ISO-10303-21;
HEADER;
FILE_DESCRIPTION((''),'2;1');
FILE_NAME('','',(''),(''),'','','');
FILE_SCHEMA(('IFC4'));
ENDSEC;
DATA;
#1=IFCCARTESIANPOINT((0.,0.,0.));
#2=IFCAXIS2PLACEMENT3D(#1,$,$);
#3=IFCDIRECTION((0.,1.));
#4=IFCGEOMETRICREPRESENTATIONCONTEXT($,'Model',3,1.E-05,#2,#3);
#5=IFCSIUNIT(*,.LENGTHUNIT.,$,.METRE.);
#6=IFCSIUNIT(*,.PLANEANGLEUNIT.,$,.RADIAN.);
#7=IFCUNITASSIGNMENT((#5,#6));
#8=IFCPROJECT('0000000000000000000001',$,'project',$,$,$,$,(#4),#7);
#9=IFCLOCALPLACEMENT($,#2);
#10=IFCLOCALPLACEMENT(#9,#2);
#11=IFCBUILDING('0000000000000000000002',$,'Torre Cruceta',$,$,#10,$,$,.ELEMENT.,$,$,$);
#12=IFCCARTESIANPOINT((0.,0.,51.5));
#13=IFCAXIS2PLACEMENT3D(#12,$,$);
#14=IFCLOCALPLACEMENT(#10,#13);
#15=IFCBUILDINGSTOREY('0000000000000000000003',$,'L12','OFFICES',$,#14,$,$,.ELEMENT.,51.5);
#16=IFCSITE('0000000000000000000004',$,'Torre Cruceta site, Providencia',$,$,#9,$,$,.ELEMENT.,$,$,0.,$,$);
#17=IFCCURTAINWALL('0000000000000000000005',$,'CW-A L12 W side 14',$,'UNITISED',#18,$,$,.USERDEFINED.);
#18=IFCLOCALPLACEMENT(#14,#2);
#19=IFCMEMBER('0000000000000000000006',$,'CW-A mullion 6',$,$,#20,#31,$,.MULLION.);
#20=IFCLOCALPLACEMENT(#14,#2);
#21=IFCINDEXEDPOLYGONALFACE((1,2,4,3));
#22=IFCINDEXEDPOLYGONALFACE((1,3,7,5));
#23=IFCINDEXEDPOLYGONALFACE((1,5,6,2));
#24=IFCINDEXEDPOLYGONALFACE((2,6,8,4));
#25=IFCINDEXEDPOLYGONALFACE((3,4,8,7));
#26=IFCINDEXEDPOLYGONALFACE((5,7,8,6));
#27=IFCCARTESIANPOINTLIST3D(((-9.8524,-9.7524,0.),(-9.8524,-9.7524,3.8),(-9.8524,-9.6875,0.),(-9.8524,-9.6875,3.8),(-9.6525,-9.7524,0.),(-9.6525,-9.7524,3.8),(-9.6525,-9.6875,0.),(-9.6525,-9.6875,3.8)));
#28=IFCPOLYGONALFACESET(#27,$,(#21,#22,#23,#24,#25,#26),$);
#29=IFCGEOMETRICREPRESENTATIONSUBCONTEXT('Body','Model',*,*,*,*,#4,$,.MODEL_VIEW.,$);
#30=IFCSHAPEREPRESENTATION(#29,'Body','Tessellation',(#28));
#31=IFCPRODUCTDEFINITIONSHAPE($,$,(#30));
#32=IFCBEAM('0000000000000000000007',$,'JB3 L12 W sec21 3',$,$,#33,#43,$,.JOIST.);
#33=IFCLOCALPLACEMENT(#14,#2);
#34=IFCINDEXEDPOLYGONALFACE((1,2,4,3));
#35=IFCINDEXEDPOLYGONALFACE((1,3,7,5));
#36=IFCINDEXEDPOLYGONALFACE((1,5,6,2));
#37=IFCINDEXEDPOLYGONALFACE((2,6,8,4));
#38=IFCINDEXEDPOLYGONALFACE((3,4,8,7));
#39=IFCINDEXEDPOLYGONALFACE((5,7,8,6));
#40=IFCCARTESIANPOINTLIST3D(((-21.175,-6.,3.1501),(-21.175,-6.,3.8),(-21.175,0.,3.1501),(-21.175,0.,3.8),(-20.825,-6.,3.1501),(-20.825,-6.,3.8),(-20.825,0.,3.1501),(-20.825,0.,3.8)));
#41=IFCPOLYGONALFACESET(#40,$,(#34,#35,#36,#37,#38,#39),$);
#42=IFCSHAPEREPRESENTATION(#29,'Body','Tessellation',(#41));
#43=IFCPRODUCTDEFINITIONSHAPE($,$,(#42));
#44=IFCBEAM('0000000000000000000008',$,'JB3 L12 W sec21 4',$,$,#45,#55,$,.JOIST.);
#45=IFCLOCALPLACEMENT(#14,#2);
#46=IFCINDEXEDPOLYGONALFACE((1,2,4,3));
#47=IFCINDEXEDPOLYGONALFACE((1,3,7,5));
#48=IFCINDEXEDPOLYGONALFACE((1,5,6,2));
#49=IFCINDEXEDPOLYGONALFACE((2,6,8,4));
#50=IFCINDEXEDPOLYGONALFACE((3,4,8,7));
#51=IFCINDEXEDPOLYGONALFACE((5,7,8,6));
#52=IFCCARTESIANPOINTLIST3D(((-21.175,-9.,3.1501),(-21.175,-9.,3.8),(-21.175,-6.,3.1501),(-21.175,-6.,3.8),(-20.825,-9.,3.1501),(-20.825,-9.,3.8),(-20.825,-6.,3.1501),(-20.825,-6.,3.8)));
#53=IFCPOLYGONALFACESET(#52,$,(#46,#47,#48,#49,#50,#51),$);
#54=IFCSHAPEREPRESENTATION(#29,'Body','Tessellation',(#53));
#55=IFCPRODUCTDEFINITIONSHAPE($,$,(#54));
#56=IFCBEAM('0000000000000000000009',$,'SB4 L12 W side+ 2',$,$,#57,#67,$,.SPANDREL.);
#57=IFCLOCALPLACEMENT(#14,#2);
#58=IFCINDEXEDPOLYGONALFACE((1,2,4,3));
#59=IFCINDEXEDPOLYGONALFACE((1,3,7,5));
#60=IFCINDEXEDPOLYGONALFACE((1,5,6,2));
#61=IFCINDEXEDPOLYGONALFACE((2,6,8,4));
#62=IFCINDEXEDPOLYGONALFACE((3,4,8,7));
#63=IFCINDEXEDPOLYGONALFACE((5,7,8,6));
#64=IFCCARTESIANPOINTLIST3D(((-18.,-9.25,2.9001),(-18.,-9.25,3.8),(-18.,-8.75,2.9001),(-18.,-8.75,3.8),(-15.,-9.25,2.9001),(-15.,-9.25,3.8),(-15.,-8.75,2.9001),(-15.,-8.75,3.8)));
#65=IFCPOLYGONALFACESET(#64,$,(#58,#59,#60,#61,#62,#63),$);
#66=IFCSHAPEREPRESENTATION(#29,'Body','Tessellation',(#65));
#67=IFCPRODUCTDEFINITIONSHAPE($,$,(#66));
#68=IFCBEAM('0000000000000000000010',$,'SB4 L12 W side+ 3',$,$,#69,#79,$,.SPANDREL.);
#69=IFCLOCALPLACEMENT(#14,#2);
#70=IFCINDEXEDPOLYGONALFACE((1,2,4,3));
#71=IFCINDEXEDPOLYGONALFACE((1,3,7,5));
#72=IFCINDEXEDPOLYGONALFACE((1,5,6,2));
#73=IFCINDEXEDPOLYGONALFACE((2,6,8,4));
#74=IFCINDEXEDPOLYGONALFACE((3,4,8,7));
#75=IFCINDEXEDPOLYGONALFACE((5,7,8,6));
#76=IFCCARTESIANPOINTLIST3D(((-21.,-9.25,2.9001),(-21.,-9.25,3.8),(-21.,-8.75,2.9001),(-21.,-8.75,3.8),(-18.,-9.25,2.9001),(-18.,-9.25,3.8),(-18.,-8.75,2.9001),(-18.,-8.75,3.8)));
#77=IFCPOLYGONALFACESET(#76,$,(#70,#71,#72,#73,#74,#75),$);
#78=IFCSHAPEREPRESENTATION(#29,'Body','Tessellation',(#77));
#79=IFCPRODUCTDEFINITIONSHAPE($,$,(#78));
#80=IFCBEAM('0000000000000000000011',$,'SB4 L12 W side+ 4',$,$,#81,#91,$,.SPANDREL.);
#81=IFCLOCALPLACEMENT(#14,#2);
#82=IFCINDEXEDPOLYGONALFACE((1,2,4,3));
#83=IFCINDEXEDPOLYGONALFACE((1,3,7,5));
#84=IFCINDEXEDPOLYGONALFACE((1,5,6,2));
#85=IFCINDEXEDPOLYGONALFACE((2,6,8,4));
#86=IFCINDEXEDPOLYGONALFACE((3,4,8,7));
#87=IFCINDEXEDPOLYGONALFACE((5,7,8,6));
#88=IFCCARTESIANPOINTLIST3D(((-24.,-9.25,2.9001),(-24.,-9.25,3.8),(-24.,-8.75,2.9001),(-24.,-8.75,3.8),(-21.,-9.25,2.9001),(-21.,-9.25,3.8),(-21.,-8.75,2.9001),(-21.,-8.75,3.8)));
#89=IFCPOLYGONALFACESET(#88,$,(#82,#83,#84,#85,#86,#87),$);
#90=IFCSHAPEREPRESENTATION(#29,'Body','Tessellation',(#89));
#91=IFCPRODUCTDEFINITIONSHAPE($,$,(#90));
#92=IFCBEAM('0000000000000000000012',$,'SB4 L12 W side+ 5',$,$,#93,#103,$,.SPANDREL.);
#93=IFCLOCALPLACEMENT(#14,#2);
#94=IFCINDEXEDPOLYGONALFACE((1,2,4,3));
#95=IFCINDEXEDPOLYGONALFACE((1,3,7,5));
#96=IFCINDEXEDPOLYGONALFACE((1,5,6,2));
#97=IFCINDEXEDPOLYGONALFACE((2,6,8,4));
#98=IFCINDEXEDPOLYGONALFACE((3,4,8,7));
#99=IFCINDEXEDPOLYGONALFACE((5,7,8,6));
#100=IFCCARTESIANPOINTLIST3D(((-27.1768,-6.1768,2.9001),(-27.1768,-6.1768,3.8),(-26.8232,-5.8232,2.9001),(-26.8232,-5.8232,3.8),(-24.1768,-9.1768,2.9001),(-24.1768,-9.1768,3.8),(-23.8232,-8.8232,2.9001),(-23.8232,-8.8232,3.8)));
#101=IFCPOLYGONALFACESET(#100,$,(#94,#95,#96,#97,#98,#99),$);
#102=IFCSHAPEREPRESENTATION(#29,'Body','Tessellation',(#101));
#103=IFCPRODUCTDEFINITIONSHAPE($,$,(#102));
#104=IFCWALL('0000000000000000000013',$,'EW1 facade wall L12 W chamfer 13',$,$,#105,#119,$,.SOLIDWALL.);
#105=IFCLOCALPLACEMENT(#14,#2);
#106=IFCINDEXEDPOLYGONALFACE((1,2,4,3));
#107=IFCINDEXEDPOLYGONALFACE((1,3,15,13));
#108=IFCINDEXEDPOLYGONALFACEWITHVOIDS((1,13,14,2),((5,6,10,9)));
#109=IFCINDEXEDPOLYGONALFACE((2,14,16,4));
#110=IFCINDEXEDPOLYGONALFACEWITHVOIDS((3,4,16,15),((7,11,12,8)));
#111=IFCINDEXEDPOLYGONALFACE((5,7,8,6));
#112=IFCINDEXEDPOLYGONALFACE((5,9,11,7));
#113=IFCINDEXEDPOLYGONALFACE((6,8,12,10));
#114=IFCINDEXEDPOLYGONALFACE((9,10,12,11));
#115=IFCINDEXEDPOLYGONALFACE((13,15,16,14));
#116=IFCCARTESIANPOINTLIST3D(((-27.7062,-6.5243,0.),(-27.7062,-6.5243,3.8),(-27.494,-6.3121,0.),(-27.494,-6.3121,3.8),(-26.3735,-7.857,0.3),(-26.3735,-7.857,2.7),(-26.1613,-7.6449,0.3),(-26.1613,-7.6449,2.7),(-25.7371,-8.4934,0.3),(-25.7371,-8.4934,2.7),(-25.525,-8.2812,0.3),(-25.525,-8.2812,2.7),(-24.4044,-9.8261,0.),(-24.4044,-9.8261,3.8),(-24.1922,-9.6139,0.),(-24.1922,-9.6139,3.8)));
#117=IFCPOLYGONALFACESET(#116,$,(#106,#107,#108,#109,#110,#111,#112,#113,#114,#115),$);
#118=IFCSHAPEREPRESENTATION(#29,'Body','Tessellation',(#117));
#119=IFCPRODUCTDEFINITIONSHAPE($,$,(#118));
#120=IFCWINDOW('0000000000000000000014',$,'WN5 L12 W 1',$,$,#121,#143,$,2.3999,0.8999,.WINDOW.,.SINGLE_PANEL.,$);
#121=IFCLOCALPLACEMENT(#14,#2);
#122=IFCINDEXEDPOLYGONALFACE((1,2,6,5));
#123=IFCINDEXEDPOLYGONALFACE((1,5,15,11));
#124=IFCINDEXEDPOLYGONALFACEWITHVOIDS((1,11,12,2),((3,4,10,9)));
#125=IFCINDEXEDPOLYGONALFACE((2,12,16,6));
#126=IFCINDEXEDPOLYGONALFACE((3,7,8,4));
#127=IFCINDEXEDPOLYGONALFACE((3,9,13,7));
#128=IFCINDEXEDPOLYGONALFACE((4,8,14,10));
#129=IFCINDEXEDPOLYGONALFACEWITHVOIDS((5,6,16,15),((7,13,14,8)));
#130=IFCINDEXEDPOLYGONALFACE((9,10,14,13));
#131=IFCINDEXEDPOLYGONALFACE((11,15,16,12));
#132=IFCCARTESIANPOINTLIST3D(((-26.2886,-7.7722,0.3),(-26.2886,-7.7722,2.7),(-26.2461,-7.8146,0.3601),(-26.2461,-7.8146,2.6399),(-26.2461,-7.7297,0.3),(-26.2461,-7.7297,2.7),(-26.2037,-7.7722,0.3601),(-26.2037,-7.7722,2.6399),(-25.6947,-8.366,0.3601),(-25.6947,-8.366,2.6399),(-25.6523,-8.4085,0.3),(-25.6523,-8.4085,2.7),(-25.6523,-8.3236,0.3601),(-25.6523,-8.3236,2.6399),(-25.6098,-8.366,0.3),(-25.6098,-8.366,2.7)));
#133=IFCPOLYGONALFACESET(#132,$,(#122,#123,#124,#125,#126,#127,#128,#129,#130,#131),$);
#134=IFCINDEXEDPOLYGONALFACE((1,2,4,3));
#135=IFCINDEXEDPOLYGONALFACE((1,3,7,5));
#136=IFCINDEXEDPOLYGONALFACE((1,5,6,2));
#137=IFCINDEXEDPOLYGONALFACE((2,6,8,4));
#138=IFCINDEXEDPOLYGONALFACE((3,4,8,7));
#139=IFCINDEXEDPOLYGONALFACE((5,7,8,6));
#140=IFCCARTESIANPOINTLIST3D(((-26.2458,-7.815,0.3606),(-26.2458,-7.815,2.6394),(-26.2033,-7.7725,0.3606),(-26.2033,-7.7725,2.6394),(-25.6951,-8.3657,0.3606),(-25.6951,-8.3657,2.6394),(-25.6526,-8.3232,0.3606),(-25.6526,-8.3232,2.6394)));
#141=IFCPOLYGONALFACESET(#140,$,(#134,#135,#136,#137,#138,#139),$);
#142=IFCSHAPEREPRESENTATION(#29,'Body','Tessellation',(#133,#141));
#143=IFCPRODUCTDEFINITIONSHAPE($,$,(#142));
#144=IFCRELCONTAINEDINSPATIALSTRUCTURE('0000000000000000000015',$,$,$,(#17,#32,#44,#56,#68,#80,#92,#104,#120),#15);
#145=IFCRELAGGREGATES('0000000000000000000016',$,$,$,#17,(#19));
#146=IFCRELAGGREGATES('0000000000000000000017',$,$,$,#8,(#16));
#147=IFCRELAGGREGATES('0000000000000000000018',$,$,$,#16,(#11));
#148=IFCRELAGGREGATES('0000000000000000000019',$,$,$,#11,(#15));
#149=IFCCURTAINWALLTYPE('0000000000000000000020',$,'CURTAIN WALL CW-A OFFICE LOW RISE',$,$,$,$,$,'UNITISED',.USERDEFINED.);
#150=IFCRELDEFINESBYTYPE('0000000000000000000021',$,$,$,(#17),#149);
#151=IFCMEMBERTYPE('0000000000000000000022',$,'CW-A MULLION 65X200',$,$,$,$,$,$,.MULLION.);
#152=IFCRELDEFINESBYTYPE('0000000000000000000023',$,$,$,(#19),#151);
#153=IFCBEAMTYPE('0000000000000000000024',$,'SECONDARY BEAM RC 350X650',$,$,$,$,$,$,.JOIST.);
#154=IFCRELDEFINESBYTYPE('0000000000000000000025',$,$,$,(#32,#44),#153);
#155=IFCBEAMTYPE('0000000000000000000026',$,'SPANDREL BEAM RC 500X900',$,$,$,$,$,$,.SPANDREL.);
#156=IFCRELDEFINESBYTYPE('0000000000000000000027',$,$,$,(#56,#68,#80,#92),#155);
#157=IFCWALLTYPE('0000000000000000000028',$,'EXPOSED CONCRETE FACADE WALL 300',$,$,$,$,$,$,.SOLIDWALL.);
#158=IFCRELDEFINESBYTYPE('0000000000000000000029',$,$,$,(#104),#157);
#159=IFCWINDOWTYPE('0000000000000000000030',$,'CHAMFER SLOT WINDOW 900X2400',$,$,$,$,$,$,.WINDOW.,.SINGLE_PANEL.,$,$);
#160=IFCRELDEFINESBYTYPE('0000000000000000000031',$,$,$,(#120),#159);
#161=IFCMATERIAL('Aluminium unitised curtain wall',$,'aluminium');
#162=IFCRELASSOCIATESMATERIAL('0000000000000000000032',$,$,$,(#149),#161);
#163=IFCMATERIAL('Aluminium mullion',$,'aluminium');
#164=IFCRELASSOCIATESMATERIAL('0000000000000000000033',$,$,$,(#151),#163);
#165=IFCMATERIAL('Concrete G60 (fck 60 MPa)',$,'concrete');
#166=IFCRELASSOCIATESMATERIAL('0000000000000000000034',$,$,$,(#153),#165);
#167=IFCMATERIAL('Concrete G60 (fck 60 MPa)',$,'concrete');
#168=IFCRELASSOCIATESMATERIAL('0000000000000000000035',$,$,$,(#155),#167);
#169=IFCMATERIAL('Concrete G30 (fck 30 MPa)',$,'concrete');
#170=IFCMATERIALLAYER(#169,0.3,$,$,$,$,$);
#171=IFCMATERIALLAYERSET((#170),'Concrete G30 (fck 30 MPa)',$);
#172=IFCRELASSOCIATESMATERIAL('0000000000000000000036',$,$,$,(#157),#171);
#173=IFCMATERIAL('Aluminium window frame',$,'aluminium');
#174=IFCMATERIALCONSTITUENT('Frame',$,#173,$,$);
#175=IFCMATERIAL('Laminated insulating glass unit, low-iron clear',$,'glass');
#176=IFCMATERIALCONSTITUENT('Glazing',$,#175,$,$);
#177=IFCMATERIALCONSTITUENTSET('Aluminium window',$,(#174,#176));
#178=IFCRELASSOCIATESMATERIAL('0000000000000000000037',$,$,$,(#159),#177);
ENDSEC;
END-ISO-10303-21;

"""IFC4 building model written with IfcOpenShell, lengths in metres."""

from ifc_helpers import new_model, si_unit, direction, frame, frame_2d, origin, origin_2d, place, context, subcontext, project, spatial, rectangle, hollow_rectangle, extrude, material, layer, layer_set, constituent, constituent_set, material_profile, profile_set, type_object, element, fill, aggregate, save


model = new_model("IFC4")

# Units and contexts
model_context = context("Model", 3, precision=1e-05, world=origin(), true_north=direction((0.0, 1.0)))
body_context = subcontext(model_context, "Body", "Model", "MODEL_VIEW")
ifc_project = project(units=[si_unit("LENGTHUNIT", "METRE"), si_unit("PLANEANGLEUNIT", "RADIAN")], contexts=[model_context])

# Site, building, storey
site_placement = place(None, origin())
site = spatial("IfcSite", under=ifc_project, at=site_placement, Name="Torre Cruceta site, Providencia", CompositionType="ELEMENT", RefElevation=0.0)
building_placement = place(site_placement, origin())
building = spatial("IfcBuilding", under=site, at=building_placement, Name="Torre Cruceta", CompositionType="ELEMENT")
storey_placement = place(building_placement, frame((0.0, 0.0, 51.5)))
storey = spatial("IfcBuildingStorey", under=building, at=storey_placement, Name="L12", Description="OFFICES", CompositionType="ELEMENT", Elevation=51.5)

# Curtain wall, member
ifc_material_1 = material(Name="Aluminium unitised curtain wall", Category="aluminium")
curtain_wall_type = type_object("IfcCurtainWallType", Name="CURTAIN WALL CW-A OFFICE LOW RISE", ElementType="UNITISED", PredefinedType="USERDEFINED", material=ifc_material_1)
curtain_wall_placement = place(storey_placement, origin())
curtain_wall = element("IfcCurtainWall", 1, at=curtain_wall_placement, inside=storey, type_object=curtain_wall_type, Name="CW-A L12 W side 14", ObjectType="UNITISED", PredefinedType="USERDEFINED")
ifc_material_2 = material(Name="Aluminium mullion", Category="aluminium")
ifc_material_profile_1 = material_profile(ifc_material_2, rectangle(XDim=0.0649, YDim=0.2, at=origin_2d()), Name="AL 65X200")
ifc_profile_set_1 = profile_set([ifc_material_profile_1], Name="Aluminium mullion")
member_type = type_object("IfcMemberType", Name="CW-A MULLION 65X200", PredefinedType="MULLION", material=ifc_profile_set_1)
member_placement = place(storey_placement, frame((-9.7524, -9.72, 0.0), z_axis=(0.0, 0.0, 1.0), x_axis=(0.0, 1.0, 0.0)))
member = element("IfcMember", 2, at=member_placement, type_object=member_type, Name="CW-A mullion 6", PredefinedType="MULLION", context=body_context, shape_type="SweptSolid", body=[
    extrude(rectangle(XDim=0.0649, YDim=0.2, at=origin_2d()), origin(), (0.0, 0.0, 1.0), 3.8),
])
aggregate(curtain_wall, [member])

# Beams
ifc_material_3 = material(Name="Concrete G60 (fck 60 MPa)", Category="concrete")
ifc_material_profile_2 = material_profile(ifc_material_3, rectangle(XDim=0.3501, YDim=0.6499, at=origin_2d()), Name="RC 350X650")
ifc_profile_set_2 = profile_set([ifc_material_profile_2], Name="Concrete G60 (fck 60 MPa)")
beam_type_1 = type_object("IfcBeamType", Name="SECONDARY BEAM RC 350X650", PredefinedType="JOIST", material=ifc_profile_set_2)
beam_1_placement = place(storey_placement, frame((-21.0, 0.0, 3.4751), z_axis=(0.0, -1.0, 0.0), x_axis=(1.0, 0.0, 0.0)))
element("IfcBeam", 3, at=beam_1_placement, inside=storey, type_object=beam_type_1, Name="JB3 L12 W sec21 3", PredefinedType="JOIST", context=body_context, shape_type="SweptSolid", body=[
    extrude(rectangle(XDim=0.3501, YDim=0.6499, at=origin_2d()), origin(), (0.0, 0.0, 1.0), 6.0),
])
beam_2_placement = place(storey_placement, frame((-21.0, -6.0, 3.4751), z_axis=(0.0, -1.0, 0.0), x_axis=(1.0, 0.0, 0.0)))
element("IfcBeam", 4, at=beam_2_placement, inside=storey, type_object=beam_type_1, Name="JB3 L12 W sec21 4", PredefinedType="JOIST", context=body_context, shape_type="SweptSolid", body=[
    extrude(rectangle(XDim=0.3501, YDim=0.6499, at=origin_2d()), origin(), (0.0, 0.0, 1.0), 3.0),
])
ifc_material_4 = material(Name="Concrete G60 (fck 60 MPa)", Category="concrete")
ifc_material_profile_3 = material_profile(ifc_material_4, rectangle(XDim=0.5, YDim=0.8999, at=origin_2d()), Name="RC 500X900")
ifc_profile_set_3 = profile_set([ifc_material_profile_3], Name="Concrete G60 (fck 60 MPa)")
beam_type_2 = type_object("IfcBeamType", Name="SPANDREL BEAM RC 500X900", PredefinedType="SPANDREL", material=ifc_profile_set_3)
for number, where, z_axis, x_axis, name in (
    (5, (-15.0, -9.0, 3.3501), (-1.0, 0.0, 0.0), (0.0, -1.0, 0.0), "SB4 L12 W side+ 2"),
    (6, (-18.0, -9.0, 3.3501), (-1.0, 0.0, 0.0), (0.0, -1.0, 0.0), "SB4 L12 W side+ 3"),
    (7, (-21.0, -9.0, 3.3501), (-1.0, 0.0, 0.0), (0.0, -1.0, 0.0), "SB4 L12 W side+ 4"),
):
    element("IfcBeam", number, at=place(storey_placement, frame(where, z_axis=z_axis, x_axis=x_axis)), inside=storey, type_object=beam_type_2, Name=name, PredefinedType="SPANDREL", context=body_context, shape_type="SweptSolid", body=[
        extrude(rectangle(XDim=0.5, YDim=0.8999, at=origin_2d()), origin(), (0.0, 0.0, 1.0), 3.0),
    ])
beam_3_placement = place(storey_placement, frame((-24.0, -9.0, 3.3501), z_axis=(-0.707107, 0.707107, 0.0), x_axis=(-0.707107, -0.707107, 0.0)))
element("IfcBeam", 8, at=beam_3_placement, inside=storey, type_object=beam_type_2, Name="SB4 L12 W side+ 5", PredefinedType="SPANDREL", context=body_context, shape_type="SweptSolid", body=[
    extrude(rectangle(XDim=0.5, YDim=0.8999, at=origin_2d()), origin(), (0.0, 0.0, 1.0), 4.2427),
])

# Wall, opening, window
ifc_material_5 = material(Name="Concrete G30 (fck 30 MPa)", Category="concrete")
ifc_layer_1 = layer(ifc_material_5, 0.3)
ifc_layer_set_1 = layer_set([ifc_layer_1], Name="Concrete G30 (fck 30 MPa)")
wall_type_1 = type_object("IfcWallType", Name="EXPOSED CONCRETE FACADE WALL 300", PredefinedType="SOLIDWALL", material=ifc_layer_set_1)
wall_1_placement = place(storey_placement, frame((-27.6001, -6.4182, 0.0), z_axis=(0.0, 0.0, 1.0), x_axis=(0.707107, -0.707107, 0.0)))
wall_1 = element("IfcWall", 9, at=wall_1_placement, inside=storey, type_object=wall_type_1, Name="EW1 facade wall L12 W chamfer 13", PredefinedType="SOLIDWALL", context=body_context, shape_type="SweptSolid", body=[
    extrude(rectangle(XDim=4.6694, YDim=0.3, at=frame_2d((2.3347, 0.0))), origin(), (0.0, 0.0, 1.0), 3.8),
])
opening_1_placement = place(wall_1_placement, frame((1.8848, 0.0, 0.3)))
opening_1 = element("IfcOpeningElement", 10, at=opening_1_placement, cuts=wall_1, PredefinedType="OPENING", context=body_context, shape_type="SweptSolid", body=[
    extrude(rectangle(XDim=0.8999, YDim=2.3999, at=frame_2d((0.45, 1.2))), frame((0.0, 0.1599, 0.0), z_axis=(0.0, -1.0, 0.0), x_axis=(1.0, 0.0, 0.0)), (0.0, 0.0, 1.0), 0.3201),
])
ifc_material_6 = material(Name="Aluminium window frame", Category="aluminium")
ifc_constituent_1 = constituent(ifc_material_6, Name="Frame")
ifc_material_7 = material(Name="Laminated insulating glass unit, low-iron clear", Category="glass")
ifc_constituent_2 = constituent(ifc_material_7, Name="Glazing")
ifc_constituent_set_1 = constituent_set(constituents=[ifc_constituent_1, ifc_constituent_2], Name="Aluminium window")
window_type = type_object("IfcWindowType", Name="CHAMFER SLOT WINDOW 900X2400", PartitioningType="SINGLE_PANEL", PredefinedType="WINDOW", material=ifc_constituent_set_1)
window_placement = place(opening_1_placement, origin())
window = element("IfcWindow", 11, at=window_placement, inside=storey, type_object=window_type, Name="WN5 L12 W 1", OverallHeight=2.3999, OverallWidth=0.8999, PartitioningType="SINGLE_PANEL", PredefinedType="WINDOW", context=body_context, shape_type="SweptSolid", body=[
    extrude(hollow_rectangle(XDim=0.8999, YDim=2.3999, WallThickness=0.0601, at=frame_2d((0.45, 1.2))), frame((0.0, 0.03, 0.0), z_axis=(0.0, -1.0, 0.0), x_axis=(1.0, 0.0, 0.0)), (0.0, 0.0, 1.0), 0.0601),
    extrude(rectangle(XDim=0.7788, YDim=2.2788, at=frame_2d((0.45, 1.2))), frame((0.0, 0.03, 0.0), z_axis=(0.0, -1.0, 0.0), x_axis=(1.0, 0.0, 0.0)), (0.0, 0.0, 1.0), 0.0601),
])
fill(opening_1, window)

save(model, "model.ifc")
